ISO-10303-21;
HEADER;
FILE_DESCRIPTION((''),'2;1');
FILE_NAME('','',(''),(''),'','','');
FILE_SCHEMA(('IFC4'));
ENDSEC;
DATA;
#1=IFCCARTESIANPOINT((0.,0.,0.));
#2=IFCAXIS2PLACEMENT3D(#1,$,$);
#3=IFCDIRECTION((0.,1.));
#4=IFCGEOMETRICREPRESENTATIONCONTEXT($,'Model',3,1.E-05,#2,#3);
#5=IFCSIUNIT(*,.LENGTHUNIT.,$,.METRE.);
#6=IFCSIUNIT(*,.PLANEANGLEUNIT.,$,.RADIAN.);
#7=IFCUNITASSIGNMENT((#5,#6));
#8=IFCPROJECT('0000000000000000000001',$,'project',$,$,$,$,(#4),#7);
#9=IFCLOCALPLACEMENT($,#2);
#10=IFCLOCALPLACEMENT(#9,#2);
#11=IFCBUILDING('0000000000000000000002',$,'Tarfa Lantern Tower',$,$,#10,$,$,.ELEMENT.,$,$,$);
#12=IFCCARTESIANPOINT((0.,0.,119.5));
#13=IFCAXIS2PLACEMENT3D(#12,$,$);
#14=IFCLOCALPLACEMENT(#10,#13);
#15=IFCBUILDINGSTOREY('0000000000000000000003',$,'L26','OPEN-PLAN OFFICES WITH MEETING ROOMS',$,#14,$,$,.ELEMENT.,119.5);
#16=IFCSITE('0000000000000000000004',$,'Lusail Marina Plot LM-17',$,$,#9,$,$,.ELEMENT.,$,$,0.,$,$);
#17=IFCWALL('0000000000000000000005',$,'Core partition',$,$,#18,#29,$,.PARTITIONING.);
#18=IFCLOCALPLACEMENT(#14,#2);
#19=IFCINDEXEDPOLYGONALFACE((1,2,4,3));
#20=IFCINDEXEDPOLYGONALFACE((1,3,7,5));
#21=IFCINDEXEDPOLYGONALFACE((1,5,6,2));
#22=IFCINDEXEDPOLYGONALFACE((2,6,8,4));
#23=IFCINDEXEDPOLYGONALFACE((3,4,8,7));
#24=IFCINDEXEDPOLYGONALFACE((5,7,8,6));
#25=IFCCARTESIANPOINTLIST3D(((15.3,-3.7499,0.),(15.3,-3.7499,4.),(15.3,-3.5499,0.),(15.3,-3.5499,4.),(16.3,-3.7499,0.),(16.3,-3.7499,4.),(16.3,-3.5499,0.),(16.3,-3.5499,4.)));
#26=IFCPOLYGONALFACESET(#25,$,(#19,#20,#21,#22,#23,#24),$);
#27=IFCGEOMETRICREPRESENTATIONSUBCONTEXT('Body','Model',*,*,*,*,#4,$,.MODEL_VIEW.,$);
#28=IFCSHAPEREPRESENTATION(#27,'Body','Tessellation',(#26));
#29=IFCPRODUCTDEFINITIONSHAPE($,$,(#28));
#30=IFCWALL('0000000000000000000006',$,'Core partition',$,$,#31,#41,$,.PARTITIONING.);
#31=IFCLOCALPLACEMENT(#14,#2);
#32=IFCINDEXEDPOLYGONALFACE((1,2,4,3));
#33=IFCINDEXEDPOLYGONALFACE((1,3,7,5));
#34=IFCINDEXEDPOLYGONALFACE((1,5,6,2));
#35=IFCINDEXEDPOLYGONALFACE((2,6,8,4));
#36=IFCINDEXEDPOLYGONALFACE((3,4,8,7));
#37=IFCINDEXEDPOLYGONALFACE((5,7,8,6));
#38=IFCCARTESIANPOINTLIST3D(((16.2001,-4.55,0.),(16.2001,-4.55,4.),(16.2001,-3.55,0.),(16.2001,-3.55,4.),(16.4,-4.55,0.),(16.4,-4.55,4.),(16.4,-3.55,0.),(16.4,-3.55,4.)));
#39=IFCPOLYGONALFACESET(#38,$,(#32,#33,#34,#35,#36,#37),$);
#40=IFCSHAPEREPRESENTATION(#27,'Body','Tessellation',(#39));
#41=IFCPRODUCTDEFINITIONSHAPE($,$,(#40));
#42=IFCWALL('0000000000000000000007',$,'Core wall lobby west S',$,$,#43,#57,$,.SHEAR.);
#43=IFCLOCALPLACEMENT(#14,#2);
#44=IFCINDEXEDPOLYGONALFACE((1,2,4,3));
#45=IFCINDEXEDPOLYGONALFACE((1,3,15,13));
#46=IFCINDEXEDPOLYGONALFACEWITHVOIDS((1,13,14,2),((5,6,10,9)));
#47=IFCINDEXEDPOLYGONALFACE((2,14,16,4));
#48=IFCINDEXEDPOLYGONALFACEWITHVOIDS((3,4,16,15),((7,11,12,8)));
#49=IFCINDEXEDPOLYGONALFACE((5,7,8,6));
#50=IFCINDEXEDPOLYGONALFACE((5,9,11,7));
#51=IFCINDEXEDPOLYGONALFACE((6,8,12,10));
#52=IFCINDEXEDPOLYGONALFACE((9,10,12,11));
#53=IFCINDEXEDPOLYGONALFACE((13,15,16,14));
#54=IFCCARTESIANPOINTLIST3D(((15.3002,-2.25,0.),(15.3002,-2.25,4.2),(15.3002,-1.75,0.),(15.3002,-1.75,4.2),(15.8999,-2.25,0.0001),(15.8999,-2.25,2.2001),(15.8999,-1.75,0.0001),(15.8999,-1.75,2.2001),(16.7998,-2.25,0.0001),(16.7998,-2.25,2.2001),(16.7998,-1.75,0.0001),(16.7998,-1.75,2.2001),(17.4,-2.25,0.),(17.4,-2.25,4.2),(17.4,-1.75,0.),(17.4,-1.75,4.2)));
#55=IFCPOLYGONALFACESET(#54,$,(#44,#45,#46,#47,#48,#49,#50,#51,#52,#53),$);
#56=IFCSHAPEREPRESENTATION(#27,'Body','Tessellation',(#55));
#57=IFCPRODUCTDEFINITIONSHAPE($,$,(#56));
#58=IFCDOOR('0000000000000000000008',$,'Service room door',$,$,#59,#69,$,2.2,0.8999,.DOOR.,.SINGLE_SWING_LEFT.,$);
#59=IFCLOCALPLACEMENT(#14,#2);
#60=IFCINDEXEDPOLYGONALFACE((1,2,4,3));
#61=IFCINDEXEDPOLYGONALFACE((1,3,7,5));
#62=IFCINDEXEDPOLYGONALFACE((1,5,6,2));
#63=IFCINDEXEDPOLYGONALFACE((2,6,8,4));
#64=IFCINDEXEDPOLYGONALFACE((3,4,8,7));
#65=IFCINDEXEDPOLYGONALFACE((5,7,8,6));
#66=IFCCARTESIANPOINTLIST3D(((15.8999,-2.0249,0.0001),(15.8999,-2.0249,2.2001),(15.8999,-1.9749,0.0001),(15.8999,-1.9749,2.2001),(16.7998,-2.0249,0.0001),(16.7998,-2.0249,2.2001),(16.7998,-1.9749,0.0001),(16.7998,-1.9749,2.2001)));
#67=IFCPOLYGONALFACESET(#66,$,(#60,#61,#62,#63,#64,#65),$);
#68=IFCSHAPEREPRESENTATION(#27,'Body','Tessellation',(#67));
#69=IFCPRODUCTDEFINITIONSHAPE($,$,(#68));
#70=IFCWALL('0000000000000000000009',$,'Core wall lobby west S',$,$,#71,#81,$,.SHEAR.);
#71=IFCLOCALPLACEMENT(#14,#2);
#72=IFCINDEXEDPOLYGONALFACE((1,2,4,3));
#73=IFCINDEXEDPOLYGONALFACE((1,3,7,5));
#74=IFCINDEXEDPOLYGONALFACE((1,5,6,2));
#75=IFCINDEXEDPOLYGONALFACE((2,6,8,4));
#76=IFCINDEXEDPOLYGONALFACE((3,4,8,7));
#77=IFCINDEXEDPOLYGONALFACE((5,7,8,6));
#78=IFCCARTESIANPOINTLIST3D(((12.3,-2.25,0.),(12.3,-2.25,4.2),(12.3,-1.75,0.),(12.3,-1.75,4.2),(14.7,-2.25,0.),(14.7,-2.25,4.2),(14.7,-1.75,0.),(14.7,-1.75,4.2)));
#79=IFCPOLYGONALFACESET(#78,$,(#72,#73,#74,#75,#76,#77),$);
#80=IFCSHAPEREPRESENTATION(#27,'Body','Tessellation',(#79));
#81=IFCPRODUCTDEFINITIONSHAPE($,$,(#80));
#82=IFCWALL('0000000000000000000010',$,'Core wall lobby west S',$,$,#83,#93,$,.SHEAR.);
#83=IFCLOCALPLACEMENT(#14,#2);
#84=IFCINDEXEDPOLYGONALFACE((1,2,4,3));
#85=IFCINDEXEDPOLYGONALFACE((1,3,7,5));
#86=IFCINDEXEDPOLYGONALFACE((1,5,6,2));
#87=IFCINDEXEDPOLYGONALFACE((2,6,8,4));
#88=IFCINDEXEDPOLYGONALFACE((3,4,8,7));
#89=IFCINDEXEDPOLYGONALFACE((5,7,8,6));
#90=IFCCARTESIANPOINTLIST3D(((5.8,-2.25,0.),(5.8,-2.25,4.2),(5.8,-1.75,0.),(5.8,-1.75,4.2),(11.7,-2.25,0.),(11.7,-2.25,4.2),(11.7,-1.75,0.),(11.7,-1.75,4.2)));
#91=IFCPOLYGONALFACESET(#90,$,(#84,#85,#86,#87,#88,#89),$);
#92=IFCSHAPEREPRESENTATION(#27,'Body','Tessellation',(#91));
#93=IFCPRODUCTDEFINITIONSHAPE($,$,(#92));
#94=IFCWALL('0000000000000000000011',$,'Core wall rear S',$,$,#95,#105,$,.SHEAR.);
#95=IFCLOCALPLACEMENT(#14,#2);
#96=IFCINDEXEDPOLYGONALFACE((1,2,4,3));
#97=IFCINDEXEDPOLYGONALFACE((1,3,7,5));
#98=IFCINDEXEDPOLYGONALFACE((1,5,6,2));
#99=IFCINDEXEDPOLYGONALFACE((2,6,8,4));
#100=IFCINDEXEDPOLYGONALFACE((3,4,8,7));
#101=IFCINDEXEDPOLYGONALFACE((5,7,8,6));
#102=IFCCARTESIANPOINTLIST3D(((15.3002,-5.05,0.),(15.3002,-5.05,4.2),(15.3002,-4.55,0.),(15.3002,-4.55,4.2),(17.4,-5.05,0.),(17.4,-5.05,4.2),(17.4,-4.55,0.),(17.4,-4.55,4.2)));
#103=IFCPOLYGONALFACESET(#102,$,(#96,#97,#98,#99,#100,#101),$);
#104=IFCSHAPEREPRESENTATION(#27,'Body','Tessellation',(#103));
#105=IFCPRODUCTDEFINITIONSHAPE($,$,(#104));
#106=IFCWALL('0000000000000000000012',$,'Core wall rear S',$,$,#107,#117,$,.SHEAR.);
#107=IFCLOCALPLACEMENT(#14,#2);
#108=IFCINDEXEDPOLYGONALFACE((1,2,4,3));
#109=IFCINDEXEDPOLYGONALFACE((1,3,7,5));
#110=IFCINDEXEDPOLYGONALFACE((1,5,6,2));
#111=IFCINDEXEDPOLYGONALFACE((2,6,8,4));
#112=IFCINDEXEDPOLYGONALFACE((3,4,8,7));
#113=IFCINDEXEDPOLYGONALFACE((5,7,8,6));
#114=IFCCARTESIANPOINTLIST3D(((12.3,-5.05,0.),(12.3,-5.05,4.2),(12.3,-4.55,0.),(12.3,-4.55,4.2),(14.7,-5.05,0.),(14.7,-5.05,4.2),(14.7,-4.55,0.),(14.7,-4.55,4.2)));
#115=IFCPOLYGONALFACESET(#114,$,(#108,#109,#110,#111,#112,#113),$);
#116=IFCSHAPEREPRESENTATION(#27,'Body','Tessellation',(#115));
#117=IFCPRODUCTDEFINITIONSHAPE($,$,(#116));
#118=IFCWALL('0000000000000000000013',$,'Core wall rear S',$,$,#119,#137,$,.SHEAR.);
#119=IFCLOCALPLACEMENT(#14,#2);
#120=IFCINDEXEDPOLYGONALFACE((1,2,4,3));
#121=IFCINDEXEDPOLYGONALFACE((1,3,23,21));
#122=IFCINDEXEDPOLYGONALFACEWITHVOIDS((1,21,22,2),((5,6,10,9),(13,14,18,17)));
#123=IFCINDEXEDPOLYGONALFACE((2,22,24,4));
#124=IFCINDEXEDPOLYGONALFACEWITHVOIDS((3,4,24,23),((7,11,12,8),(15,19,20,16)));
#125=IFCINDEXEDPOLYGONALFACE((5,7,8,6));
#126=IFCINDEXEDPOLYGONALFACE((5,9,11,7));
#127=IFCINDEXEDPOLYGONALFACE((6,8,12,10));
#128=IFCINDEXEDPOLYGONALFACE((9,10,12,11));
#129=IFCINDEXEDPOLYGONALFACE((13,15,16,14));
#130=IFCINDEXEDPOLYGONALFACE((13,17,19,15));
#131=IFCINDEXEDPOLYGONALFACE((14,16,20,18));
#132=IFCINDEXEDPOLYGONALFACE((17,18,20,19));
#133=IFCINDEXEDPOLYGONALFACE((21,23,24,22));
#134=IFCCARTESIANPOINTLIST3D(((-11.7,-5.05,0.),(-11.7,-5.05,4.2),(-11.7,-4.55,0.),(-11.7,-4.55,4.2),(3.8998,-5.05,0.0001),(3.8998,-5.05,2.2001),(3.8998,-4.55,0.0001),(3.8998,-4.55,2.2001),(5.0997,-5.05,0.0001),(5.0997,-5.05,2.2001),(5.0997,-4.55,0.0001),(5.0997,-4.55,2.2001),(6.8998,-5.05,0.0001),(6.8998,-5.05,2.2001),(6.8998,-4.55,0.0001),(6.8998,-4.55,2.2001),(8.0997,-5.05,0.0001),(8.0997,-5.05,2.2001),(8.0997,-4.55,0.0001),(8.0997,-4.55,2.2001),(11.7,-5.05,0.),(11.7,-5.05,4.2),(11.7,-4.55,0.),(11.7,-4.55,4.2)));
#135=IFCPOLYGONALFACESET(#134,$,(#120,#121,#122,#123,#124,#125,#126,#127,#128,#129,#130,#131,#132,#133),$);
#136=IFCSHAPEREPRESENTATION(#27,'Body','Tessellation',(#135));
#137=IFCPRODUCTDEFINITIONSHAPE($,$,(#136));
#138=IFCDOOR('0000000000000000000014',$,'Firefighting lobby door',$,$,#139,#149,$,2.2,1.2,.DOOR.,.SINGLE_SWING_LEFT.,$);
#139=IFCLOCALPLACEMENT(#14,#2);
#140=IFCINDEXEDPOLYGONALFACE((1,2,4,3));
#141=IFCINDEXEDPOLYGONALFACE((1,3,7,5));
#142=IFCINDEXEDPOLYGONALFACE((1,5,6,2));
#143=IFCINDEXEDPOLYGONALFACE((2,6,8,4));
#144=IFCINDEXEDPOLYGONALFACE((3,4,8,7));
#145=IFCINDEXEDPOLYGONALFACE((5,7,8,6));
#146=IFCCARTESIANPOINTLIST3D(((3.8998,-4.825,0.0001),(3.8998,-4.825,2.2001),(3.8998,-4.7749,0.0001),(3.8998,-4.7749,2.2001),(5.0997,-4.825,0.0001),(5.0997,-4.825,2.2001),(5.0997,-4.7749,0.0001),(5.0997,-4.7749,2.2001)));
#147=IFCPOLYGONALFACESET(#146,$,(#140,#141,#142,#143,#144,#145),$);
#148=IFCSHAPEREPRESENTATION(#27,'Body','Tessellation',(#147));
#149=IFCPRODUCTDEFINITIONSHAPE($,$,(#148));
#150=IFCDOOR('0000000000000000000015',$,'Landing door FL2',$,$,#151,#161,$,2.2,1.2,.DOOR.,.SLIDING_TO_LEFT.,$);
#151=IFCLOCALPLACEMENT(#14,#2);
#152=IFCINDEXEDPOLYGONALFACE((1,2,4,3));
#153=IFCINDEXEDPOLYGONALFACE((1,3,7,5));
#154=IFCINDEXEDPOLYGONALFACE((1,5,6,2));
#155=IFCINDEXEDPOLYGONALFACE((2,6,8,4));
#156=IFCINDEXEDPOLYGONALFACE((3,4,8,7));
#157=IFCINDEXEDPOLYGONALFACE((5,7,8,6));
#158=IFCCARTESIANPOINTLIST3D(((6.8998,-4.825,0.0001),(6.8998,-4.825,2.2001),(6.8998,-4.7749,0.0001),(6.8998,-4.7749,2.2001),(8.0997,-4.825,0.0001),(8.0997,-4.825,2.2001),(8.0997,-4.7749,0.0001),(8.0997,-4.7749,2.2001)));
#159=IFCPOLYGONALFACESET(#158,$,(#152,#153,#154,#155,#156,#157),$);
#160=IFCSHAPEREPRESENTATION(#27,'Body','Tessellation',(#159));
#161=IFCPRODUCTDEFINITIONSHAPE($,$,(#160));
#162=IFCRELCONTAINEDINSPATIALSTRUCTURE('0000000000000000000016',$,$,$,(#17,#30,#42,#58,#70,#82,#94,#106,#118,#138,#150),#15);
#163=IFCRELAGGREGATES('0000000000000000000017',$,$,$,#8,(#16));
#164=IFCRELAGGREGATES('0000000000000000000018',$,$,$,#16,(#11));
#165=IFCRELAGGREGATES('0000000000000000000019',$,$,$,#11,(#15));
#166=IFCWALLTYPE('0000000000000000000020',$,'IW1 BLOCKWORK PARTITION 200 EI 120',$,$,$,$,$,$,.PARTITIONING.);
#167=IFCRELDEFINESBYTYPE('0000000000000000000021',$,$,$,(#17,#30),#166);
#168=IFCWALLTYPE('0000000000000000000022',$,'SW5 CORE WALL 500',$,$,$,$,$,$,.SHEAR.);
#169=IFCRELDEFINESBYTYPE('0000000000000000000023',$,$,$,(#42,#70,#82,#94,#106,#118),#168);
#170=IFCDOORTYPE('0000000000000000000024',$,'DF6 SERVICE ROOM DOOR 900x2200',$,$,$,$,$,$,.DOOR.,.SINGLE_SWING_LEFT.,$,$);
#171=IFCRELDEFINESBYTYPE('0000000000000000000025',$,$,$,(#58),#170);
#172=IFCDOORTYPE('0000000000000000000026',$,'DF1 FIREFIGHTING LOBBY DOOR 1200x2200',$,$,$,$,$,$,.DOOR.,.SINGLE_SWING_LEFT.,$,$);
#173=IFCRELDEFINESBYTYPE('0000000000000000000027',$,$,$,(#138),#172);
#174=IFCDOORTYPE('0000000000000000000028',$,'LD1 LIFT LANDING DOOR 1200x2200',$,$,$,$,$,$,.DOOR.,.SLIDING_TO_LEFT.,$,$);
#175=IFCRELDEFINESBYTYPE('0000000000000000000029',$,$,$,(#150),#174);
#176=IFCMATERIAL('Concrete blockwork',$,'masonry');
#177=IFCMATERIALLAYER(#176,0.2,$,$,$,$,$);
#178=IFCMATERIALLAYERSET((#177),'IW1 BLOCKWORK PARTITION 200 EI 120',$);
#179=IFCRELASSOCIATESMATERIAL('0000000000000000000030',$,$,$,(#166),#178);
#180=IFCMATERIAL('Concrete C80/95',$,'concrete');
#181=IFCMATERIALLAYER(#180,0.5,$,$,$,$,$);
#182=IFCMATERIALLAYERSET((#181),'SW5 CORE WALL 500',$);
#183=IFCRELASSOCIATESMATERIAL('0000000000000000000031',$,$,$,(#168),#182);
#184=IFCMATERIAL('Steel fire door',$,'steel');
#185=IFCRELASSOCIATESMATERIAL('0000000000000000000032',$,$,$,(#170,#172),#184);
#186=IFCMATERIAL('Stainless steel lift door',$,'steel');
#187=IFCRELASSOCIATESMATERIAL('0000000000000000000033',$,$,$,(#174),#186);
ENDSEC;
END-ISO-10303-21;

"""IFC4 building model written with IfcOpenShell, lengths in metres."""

from ifc_helpers import new_model, si_unit, direction, frame, frame_2d, origin, place, context, subcontext, project, spatial, rectangle, extrude, material, layer, layer_set, type_object, element, fill, save


model = new_model("IFC4")

# Units and contexts
model_context = context("Model", 3, precision=1e-05, world=origin(), true_north=direction((0.0, 1.0)))
body_context = subcontext(model_context, "Body", "Model", "MODEL_VIEW")
ifc_project = project(units=[si_unit("LENGTHUNIT", "METRE"), si_unit("PLANEANGLEUNIT", "RADIAN")], contexts=[model_context])

# Site, building, storey
site_placement = place(None, origin())
site = spatial("IfcSite", under=ifc_project, at=site_placement, Name="Lusail Marina Plot LM-17", CompositionType="ELEMENT", RefElevation=0.0)
building_placement = place(site_placement, origin())
building = spatial("IfcBuilding", under=site, at=building_placement, Name="Tarfa Lantern Tower", CompositionType="ELEMENT")
storey_placement = place(building_placement, frame((0.0, 0.0, 119.5)))
storey = spatial("IfcBuildingStorey", under=building, at=storey_placement, Name="L26", Description="OPEN-PLAN OFFICES WITH MEETING ROOMS", CompositionType="ELEMENT", Elevation=119.5)

# Walls
ifc_material_1 = material(Name="Concrete blockwork", Category="masonry")
ifc_layer_1 = layer(ifc_material_1, 0.2)
ifc_layer_set_1 = layer_set([ifc_layer_1], Name="IW1 BLOCKWORK PARTITION 200 EI 120")
wall_type_1 = type_object("IfcWallType", Name="IW1 BLOCKWORK PARTITION 200 EI 120", PredefinedType="PARTITIONING", material=ifc_layer_set_1)
for number, where, z_axis, x_axis, name in (
    (1, (16.3, -3.6499, 0.0), (0.0, 0.0, 1.0), (-1.0, 0.0, 0.0), "Core partition"),
    (2, (16.3, -3.55, 0.0), (0.0, 0.0, 1.0), (0.0, -1.0, 0.0), "Core partition"),
):
    element("IfcWall", number, at=place(storey_placement, frame(where, z_axis=z_axis, x_axis=x_axis)), inside=storey, type_object=wall_type_1, Name=name, PredefinedType="PARTITIONING", context=body_context, shape_type="SweptSolid", body=[
        extrude(rectangle(XDim=1.0, YDim=0.2, at=frame_2d((0.5, 0.0))), origin(), (0.0, 0.0, 1.0), 4.0),
    ])

# Wall, opening, door
ifc_material_2 = material(Name="Concrete C80/95", Category="concrete")
ifc_material_3 = material(Name="Steel fire door", Category="steel")
ifc_layer_2 = layer(ifc_material_2, 0.5)
ifc_layer_set_2 = layer_set([ifc_layer_2], Name="SW5 CORE WALL 500")
wall_type_2 = type_object("IfcWallType", Name="SW5 CORE WALL 500", PredefinedType="SHEAR", material=ifc_layer_set_2)
wall_1_placement = place(storey_placement, frame((17.3999, -2.0, 0.0), z_axis=(0.0, 0.0, 1.0), x_axis=(-1.0, 0.0, 0.0)))
wall_1 = element("IfcWall", 3, at=wall_1_placement, inside=storey, type_object=wall_type_2, Name="Core wall lobby west S", PredefinedType="SHEAR", context=body_context, shape_type="SweptSolid", body=[
    extrude(rectangle(XDim=2.0999, YDim=0.5, at=frame_2d((1.0498, 0.0))), origin(), (0.0, 0.0, 1.0), 4.2),
])
opening_1_placement = place(wall_1_placement, frame((0.6001, 0.0, 0.0)))
opening_1 = element("IfcOpeningElement", 4, at=opening_1_placement, cuts=wall_1, PredefinedType="OPENING", context=body_context, shape_type="SweptSolid", body=[
    extrude(rectangle(XDim=0.8999, YDim=2.2, at=frame_2d((0.45, 1.1001))), frame((0.0, 0.26, 0.0), z_axis=(0.0, -1.0, 0.0), x_axis=(1.0, 0.0, 0.0)), (0.0, 0.0, 1.0), 0.52),
])
door_type_1 = type_object("IfcDoorType", Name="DF6 SERVICE ROOM DOOR 900x2200", OperationType="SINGLE_SWING_LEFT", PredefinedType="DOOR", material=ifc_material_3)
door_1_placement = place(opening_1_placement, origin())
door_1 = element("IfcDoor", 5, at=door_1_placement, inside=storey, type_object=door_type_1, Name="Service room door", OperationType="SINGLE_SWING_LEFT", OverallHeight=2.2, OverallWidth=0.8999, PredefinedType="DOOR", context=body_context, shape_type="SweptSolid", body=[
    extrude(rectangle(XDim=0.8999, YDim=2.2, at=frame_2d((0.45, 1.1001))), frame((0.0, 0.0249, 0.0), z_axis=(0.0, -1.0, 0.0), x_axis=(1.0, 0.0, 0.0)), (0.0, 0.0, 1.0), 0.05),
])
fill(opening_1, door_1)

# Walls
wall_2_placement = place(storey_placement, frame((14.7, -2.0, 0.0), z_axis=(0.0, 0.0, 1.0), x_axis=(-1.0, 0.0, 0.0)))
element("IfcWall", 6, at=wall_2_placement, inside=storey, type_object=wall_type_2, Name="Core wall lobby west S", PredefinedType="SHEAR", context=body_context, shape_type="SweptSolid", body=[
    extrude(rectangle(XDim=2.3999, YDim=0.5, at=frame_2d((1.2, 0.0))), origin(), (0.0, 0.0, 1.0), 4.2),
])
wall_3_placement = place(storey_placement, frame((11.7, -2.0, 0.0), z_axis=(0.0, 0.0, 1.0), x_axis=(-1.0, 0.0, 0.0)))
element("IfcWall", 7, at=wall_3_placement, inside=storey, type_object=wall_type_2, Name="Core wall lobby west S", PredefinedType="SHEAR", context=body_context, shape_type="SweptSolid", body=[
    extrude(rectangle(XDim=5.8999, YDim=0.5, at=frame_2d((2.95, 0.0))), origin(), (0.0, 0.0, 1.0), 4.2),
])
wall_4_placement = place(storey_placement, frame((17.3999, -4.8, 0.0), z_axis=(0.0, 0.0, 1.0), x_axis=(-1.0, 0.0, 0.0)))
element("IfcWall", 8, at=wall_4_placement, inside=storey, type_object=wall_type_2, Name="Core wall rear S", PredefinedType="SHEAR", context=body_context, shape_type="SweptSolid", body=[
    extrude(rectangle(XDim=2.0999, YDim=0.5, at=frame_2d((1.0498, 0.0))), origin(), (0.0, 0.0, 1.0), 4.2),
])
wall_5_placement = place(storey_placement, frame((14.7, -4.8, 0.0), z_axis=(0.0, 0.0, 1.0), x_axis=(-1.0, 0.0, 0.0)))
element("IfcWall", 9, at=wall_5_placement, inside=storey, type_object=wall_type_2, Name="Core wall rear S", PredefinedType="SHEAR", context=body_context, shape_type="SweptSolid", body=[
    extrude(rectangle(XDim=2.3999, YDim=0.5, at=frame_2d((1.2, 0.0))), origin(), (0.0, 0.0, 1.0), 4.2),
])

# Wall, openings, doors
wall_6_placement = place(storey_placement, frame((11.7, -4.8, 0.0), z_axis=(0.0, 0.0, 1.0), x_axis=(-1.0, 0.0, 0.0)))
wall_6 = element("IfcWall", 10, at=wall_6_placement, inside=storey, type_object=wall_type_2, Name="Core wall rear S", PredefinedType="SHEAR", context=body_context, shape_type="SweptSolid", body=[
    extrude(rectangle(XDim=23.3999, YDim=0.5, at=frame_2d((11.7, 0.0))), origin(), (0.0, 0.0, 1.0), 4.2),
])
opening_2_placement = place(wall_6_placement, frame((6.6001, 0.0, 0.0)))
opening_2 = element("IfcOpeningElement", 11, at=opening_2_placement, cuts=wall_6, PredefinedType="OPENING", context=body_context, shape_type="SweptSolid", body=[
    extrude(rectangle(XDim=1.2, YDim=2.2, at=frame_2d((0.6001, 1.1001))), frame((0.0, 0.26, 0.0), z_axis=(0.0, -1.0, 0.0), x_axis=(1.0, 0.0, 0.0)), (0.0, 0.0, 1.0), 0.52),
])
opening_3_placement = place(wall_6_placement, frame((3.6001, 0.0, 0.0)))
opening_3 = element("IfcOpeningElement", 12, at=opening_3_placement, cuts=wall_6, PredefinedType="OPENING", context=body_context, shape_type="SweptSolid", body=[
    extrude(rectangle(XDim=1.2, YDim=2.2, at=frame_2d((0.6001, 1.1001))), frame((0.0, 0.26, 0.0), z_axis=(0.0, -1.0, 0.0), x_axis=(1.0, 0.0, 0.0)), (0.0, 0.0, 1.0), 0.52),
])
door_type_2 = type_object("IfcDoorType", Name="DF1 FIREFIGHTING LOBBY DOOR 1200x2200", OperationType="SINGLE_SWING_LEFT", PredefinedType="DOOR", material=ifc_material_3)
door_2_placement = place(opening_2_placement, origin())
door_2 = element("IfcDoor", 13, at=door_2_placement, inside=storey, type_object=door_type_2, Name="Firefighting lobby door", OperationType="SINGLE_SWING_LEFT", OverallHeight=2.2, OverallWidth=1.2, PredefinedType="DOOR", context=body_context, shape_type="SweptSolid", body=[
    extrude(rectangle(XDim=1.2, YDim=2.2, at=frame_2d((0.6001, 1.1001))), frame((0.0, 0.0249, 0.0), z_axis=(0.0, -1.0, 0.0), x_axis=(1.0, 0.0, 0.0)), (0.0, 0.0, 1.0), 0.05),
])
fill(opening_2, door_2)
ifc_material_4 = material(Name="Stainless steel lift door", Category="steel")
door_type_3 = type_object("IfcDoorType", Name="LD1 LIFT LANDING DOOR 1200x2200", OperationType="SLIDING_TO_LEFT", PredefinedType="DOOR", material=ifc_material_4)
door_3_placement = place(opening_3_placement, origin())
door_3 = element("IfcDoor", 14, at=door_3_placement, inside=storey, type_object=door_type_3, Name="Landing door FL2", OperationType="SLIDING_TO_LEFT", OverallHeight=2.2, OverallWidth=1.2, PredefinedType="DOOR", context=body_context, shape_type="SweptSolid", body=[
    extrude(rectangle(XDim=1.2, YDim=2.2, at=frame_2d((0.6001, 1.1001))), frame((0.0, 0.0249, 0.0), z_axis=(0.0, -1.0, 0.0), x_axis=(1.0, 0.0, 0.0)), (0.0, 0.0, 1.0), 0.05),
])
fill(opening_3, door_3)

save(model, "model.ifc")
